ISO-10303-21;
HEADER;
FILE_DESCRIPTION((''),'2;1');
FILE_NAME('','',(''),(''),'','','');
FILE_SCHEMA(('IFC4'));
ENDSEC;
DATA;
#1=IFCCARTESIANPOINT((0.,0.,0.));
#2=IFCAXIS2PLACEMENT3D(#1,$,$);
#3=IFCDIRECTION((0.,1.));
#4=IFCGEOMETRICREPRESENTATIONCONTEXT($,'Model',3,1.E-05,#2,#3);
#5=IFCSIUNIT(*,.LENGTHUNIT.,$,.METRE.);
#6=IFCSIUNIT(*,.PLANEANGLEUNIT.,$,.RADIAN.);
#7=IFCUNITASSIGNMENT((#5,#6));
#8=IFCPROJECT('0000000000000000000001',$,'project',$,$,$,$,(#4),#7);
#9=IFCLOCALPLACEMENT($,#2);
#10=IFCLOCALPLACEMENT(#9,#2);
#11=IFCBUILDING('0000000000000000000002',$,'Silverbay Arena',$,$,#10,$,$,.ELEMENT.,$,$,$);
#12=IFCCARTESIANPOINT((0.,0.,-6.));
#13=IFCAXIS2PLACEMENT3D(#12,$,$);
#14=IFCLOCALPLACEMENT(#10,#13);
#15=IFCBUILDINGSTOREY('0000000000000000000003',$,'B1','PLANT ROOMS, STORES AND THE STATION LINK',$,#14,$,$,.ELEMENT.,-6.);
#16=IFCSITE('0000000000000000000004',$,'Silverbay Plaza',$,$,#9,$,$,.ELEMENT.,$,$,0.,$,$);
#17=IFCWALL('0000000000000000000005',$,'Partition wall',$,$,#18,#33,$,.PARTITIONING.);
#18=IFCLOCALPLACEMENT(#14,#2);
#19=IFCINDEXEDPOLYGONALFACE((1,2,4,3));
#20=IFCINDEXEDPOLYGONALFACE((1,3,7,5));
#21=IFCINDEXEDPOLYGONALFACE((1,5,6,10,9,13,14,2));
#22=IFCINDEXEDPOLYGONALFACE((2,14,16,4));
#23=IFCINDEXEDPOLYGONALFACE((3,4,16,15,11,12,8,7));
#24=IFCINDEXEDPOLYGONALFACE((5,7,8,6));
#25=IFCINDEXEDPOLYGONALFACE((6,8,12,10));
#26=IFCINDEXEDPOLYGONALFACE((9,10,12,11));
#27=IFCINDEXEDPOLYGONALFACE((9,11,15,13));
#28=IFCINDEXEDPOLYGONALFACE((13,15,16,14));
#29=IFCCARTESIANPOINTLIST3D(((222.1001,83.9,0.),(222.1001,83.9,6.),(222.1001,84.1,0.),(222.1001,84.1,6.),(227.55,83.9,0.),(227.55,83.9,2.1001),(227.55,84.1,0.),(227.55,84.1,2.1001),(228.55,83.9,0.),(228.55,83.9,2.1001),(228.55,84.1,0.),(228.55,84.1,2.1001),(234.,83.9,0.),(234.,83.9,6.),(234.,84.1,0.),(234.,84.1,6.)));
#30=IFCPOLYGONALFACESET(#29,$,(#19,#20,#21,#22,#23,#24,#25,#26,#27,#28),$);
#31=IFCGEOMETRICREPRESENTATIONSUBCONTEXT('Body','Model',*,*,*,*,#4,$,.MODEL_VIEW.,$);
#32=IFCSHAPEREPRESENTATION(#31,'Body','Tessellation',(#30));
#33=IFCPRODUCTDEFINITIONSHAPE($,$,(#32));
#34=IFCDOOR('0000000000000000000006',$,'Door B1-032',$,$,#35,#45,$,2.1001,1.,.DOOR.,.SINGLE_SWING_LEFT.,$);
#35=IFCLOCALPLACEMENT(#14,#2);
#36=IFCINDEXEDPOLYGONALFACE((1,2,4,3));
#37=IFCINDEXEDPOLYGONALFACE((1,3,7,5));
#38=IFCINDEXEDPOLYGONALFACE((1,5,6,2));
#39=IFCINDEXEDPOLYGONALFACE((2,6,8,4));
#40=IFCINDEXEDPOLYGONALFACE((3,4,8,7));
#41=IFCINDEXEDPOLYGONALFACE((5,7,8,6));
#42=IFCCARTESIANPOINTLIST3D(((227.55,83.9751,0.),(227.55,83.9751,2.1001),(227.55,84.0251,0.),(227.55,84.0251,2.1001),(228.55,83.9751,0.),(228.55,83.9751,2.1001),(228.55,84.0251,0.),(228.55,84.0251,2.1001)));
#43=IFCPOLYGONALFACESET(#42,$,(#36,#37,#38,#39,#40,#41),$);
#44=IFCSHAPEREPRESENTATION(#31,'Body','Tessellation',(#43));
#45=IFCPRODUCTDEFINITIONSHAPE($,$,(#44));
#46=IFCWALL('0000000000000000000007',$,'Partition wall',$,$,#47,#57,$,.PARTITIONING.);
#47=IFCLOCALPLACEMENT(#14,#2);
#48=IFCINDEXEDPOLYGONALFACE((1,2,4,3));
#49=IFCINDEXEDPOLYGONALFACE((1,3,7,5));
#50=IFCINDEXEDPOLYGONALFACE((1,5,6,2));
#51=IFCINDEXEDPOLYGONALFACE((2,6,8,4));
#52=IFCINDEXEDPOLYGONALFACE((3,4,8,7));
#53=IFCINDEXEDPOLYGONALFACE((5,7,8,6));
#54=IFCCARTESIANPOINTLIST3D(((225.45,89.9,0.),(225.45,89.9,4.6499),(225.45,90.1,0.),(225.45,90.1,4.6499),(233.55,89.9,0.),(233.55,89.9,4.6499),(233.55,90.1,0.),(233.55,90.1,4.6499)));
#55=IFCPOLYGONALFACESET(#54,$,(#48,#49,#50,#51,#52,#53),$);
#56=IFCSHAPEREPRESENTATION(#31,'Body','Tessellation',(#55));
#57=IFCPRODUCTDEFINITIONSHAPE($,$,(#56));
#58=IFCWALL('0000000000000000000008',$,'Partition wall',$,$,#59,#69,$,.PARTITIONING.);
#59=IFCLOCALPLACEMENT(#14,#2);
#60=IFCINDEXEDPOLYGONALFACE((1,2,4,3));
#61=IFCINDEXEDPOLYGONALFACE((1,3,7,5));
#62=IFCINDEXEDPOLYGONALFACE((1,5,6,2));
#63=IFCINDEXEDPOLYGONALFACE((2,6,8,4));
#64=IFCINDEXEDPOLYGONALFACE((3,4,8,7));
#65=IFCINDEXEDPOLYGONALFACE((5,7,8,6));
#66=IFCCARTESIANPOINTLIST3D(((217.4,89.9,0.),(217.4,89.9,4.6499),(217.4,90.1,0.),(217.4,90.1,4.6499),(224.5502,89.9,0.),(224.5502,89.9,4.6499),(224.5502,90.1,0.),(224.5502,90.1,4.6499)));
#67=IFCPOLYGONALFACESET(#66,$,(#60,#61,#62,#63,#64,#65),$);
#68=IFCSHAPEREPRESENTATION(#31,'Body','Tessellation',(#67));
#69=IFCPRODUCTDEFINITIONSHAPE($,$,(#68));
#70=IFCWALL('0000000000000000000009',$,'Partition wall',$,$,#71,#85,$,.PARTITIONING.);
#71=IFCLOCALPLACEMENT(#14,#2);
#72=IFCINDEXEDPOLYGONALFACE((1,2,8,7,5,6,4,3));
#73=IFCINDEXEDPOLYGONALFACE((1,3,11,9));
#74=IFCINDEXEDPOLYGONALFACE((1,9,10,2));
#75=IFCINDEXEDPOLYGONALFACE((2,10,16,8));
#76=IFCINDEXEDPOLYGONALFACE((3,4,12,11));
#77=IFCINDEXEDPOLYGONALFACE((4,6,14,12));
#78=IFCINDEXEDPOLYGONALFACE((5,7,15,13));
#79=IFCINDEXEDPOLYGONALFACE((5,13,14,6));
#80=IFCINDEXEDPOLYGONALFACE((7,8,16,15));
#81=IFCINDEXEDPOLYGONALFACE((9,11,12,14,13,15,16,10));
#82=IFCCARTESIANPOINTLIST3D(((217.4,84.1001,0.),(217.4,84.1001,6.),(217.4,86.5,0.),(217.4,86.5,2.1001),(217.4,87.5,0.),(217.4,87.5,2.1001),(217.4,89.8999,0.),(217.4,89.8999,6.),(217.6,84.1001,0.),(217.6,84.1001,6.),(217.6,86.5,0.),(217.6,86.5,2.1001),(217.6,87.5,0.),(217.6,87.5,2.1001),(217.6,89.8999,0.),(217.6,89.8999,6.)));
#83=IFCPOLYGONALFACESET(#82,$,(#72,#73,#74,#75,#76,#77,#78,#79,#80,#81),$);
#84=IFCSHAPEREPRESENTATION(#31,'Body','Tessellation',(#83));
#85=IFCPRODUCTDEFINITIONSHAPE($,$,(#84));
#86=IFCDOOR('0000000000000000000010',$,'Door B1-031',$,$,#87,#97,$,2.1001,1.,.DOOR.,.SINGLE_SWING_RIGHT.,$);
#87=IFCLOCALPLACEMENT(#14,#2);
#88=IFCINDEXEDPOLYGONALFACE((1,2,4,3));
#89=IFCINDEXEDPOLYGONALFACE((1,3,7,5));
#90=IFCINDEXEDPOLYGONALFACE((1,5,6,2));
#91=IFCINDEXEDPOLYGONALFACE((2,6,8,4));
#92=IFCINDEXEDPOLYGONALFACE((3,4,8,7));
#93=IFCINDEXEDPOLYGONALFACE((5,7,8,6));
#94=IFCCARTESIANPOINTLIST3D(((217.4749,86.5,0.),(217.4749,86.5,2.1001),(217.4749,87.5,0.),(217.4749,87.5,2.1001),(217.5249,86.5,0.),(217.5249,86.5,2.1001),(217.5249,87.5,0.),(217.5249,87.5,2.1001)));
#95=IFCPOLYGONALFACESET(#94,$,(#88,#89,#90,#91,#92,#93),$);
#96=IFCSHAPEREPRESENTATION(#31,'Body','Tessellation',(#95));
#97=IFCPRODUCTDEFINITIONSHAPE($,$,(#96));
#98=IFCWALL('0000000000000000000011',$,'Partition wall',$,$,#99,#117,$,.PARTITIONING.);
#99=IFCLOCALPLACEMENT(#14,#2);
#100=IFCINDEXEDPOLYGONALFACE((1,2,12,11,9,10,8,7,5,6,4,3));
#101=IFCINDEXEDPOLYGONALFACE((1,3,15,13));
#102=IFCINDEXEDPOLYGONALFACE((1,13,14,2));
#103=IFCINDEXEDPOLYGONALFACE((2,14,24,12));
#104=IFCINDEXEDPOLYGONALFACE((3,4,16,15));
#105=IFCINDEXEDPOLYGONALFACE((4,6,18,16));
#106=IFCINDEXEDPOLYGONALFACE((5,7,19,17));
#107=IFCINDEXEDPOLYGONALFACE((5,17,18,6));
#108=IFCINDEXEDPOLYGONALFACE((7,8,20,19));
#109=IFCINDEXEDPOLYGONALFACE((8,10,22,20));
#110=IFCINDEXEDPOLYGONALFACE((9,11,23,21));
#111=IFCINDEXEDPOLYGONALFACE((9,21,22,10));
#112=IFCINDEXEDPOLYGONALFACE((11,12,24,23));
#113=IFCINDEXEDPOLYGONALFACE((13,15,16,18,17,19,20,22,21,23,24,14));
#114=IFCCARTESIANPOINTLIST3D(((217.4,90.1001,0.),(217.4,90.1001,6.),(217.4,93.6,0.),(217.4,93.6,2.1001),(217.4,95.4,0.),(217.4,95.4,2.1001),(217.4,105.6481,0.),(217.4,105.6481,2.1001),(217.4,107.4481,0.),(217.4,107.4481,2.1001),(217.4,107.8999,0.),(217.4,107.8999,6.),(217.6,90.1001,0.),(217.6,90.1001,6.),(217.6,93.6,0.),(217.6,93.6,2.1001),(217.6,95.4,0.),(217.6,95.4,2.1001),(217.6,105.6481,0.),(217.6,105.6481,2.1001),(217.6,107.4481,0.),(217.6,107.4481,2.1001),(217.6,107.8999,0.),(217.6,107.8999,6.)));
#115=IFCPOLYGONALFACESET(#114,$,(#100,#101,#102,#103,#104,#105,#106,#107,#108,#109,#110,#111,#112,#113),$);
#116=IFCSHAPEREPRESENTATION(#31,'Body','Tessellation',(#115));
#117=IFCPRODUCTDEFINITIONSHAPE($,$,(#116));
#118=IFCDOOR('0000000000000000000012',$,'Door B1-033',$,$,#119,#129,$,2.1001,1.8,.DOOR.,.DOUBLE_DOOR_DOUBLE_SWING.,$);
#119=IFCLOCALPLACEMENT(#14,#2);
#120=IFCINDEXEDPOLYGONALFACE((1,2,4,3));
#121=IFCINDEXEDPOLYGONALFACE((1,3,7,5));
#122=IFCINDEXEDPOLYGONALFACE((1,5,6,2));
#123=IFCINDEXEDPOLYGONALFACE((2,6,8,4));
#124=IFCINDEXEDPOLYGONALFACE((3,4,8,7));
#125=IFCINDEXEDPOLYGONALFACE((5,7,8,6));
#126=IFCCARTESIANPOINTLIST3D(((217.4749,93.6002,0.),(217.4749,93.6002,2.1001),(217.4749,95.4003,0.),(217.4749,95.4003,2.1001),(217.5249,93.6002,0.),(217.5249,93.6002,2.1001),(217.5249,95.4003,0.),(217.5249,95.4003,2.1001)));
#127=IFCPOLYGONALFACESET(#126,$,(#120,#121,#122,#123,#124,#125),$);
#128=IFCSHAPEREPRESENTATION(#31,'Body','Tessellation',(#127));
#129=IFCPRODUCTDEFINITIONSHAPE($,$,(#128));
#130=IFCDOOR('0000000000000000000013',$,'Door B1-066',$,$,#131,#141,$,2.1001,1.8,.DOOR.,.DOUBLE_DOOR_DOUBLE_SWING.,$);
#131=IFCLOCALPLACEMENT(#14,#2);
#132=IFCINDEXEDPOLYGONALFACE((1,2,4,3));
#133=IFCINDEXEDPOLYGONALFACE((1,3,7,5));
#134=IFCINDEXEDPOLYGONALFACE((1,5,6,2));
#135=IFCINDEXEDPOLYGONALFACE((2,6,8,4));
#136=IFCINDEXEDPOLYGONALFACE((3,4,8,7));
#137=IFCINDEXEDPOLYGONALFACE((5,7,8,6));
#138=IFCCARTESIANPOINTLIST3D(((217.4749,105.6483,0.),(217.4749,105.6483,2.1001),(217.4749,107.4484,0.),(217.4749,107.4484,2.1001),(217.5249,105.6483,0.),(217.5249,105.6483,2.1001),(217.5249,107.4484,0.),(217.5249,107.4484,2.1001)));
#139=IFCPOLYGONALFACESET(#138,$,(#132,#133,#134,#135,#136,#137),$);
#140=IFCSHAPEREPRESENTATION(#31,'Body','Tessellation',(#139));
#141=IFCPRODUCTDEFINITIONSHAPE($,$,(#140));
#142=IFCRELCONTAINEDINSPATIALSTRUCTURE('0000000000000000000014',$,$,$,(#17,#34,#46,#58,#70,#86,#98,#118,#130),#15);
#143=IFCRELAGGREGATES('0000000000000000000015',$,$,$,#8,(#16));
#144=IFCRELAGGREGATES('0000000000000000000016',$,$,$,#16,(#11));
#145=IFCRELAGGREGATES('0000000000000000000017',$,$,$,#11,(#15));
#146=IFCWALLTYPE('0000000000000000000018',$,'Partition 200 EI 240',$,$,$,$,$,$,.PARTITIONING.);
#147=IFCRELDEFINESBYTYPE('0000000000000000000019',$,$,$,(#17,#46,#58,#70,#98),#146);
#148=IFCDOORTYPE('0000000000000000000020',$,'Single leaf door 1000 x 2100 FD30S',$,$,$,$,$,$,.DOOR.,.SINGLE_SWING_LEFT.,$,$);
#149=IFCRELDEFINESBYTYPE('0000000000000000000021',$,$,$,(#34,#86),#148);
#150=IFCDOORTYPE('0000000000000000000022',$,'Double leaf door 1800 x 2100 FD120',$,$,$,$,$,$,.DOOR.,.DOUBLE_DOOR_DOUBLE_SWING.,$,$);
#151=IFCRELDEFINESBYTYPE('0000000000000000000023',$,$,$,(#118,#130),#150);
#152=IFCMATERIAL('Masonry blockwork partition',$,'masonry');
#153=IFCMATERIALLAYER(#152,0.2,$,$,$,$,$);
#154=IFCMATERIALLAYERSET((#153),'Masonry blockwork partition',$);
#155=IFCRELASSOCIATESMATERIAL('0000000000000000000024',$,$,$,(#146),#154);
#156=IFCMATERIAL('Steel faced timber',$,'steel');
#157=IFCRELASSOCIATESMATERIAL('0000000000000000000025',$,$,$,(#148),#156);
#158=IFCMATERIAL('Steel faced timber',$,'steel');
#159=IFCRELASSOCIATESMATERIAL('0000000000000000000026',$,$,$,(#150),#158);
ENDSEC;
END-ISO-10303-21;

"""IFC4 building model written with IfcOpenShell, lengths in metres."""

from ifc_helpers import new_model, si_unit, direction, frame, frame_2d, origin, place, context, subcontext, project, spatial, rectangle, extrude, material, layer, layer_set, type_object, element, fill, save


model = new_model("IFC4")

# Units and contexts
model_context = context("Model", 3, precision=1e-05, world=origin(), true_north=direction((0.0, 1.0)))
body_context = subcontext(model_context, "Body", "Model", "MODEL_VIEW")
ifc_project = project(units=[si_unit("LENGTHUNIT", "METRE"), si_unit("PLANEANGLEUNIT", "RADIAN")], contexts=[model_context])

# Site, building, storey
site_placement = place(None, origin())
site = spatial("IfcSite", under=ifc_project, at=site_placement, Name="Silverbay Plaza", CompositionType="ELEMENT", RefElevation=0.0)
building_placement = place(site_placement, origin())
building = spatial("IfcBuilding", under=site, at=building_placement, Name="Silverbay Arena", CompositionType="ELEMENT")
storey_placement = place(building_placement, frame((0.0, 0.0, -6.0)))
storey = spatial("IfcBuildingStorey", under=building, at=storey_placement, Name="B1", Description="PLANT ROOMS, STORES AND THE STATION LINK", CompositionType="ELEMENT", Elevation=-6.0)

# Shared definitions
ifc_material_1 = material(Name="Masonry blockwork partition", Category="masonry")
ifc_layer_1 = layer(ifc_material_1, 0.2)
ifc_layer_set_1 = layer_set([ifc_layer_1], Name="Masonry blockwork partition")
wall_type_1 = type_object("IfcWallType", Name="Partition 200 EI 240", PredefinedType="PARTITIONING", material=ifc_layer_set_1)

# Wall, opening, door
wall_1_placement = place(storey_placement, frame((222.1001, 84.0, 0.0), z_axis=(0.0, 0.0, 1.0), x_axis=(1.0, 0.0, 0.0)))
wall_1 = element("IfcWall", 1, at=wall_1_placement, inside=storey, type_object=wall_type_1, Name="Partition wall", PredefinedType="PARTITIONING", context=body_context, shape_type="SweptSolid", body=[
    extrude(rectangle(XDim=11.8999, YDim=0.2, at=frame_2d((5.95, 0.0))), origin(), (0.0, 0.0, 1.0), 6.0),
])
opening_1_placement = place(wall_1_placement, frame((5.45, 0.0, 0.0)))
opening_1 = element("IfcOpeningElement", 2, at=opening_1_placement, cuts=wall_1, PredefinedType="OPENING", context=body_context, shape_type="SweptSolid", body=[
    extrude(rectangle(XDim=1.0, YDim=2.1001, at=frame_2d((0.5, 1.05))), frame((0.0, 0.1099, 0.0), z_axis=(0.0, -1.0, 0.0), x_axis=(1.0, 0.0, 0.0)), (0.0, 0.0, 1.0), 0.22),
])
ifc_material_2 = material(Name="Steel faced timber", Category="steel")
door_type_1 = type_object("IfcDoorType", Name="Single leaf door 1000 x 2100 FD30S", OperationType="SINGLE_SWING_LEFT", PredefinedType="DOOR", material=ifc_material_2)
door_1_placement = place(opening_1_placement, frame((1.0, 0.0, 0.0), z_axis=(0.0, 0.0, 1.0), x_axis=(-1.0, 0.0, 0.0)))
door_1 = element("IfcDoor", 3, at=door_1_placement, inside=storey, type_object=door_type_1, Name="Door B1-032", OperationType="SINGLE_SWING_LEFT", OverallHeight=2.1001, OverallWidth=1.0, PredefinedType="DOOR", context=body_context, shape_type="SweptSolid", body=[
    extrude(rectangle(XDim=1.0, YDim=2.1001, at=frame_2d((0.5, 1.05))), frame((0.0, 0.0249, 0.0), z_axis=(0.0, -1.0, 0.0), x_axis=(1.0, 0.0, 0.0)), (0.0, 0.0, 1.0), 0.05),
])
fill(opening_1, door_1)

# Walls
wall_2_placement = place(storey_placement, frame((225.45, 90.0, 0.0), z_axis=(0.0, 0.0, 1.0), x_axis=(1.0, 0.0, 0.0)))
element("IfcWall", 4, at=wall_2_placement, inside=storey, type_object=wall_type_1, Name="Partition wall", PredefinedType="PARTITIONING", context=body_context, shape_type="SweptSolid", body=[
    extrude(rectangle(XDim=8.1001, YDim=0.2, at=frame_2d((4.05, 0.0))), origin(), (0.0, 0.0, 1.0), 4.6499),
])
wall_3_placement = place(storey_placement, frame((217.3999, 90.0, 0.0), z_axis=(0.0, 0.0, 1.0), x_axis=(1.0, 0.0, 0.0)))
element("IfcWall", 5, at=wall_3_placement, inside=storey, type_object=wall_type_1, Name="Partition wall", PredefinedType="PARTITIONING", context=body_context, shape_type="SweptSolid", body=[
    extrude(rectangle(XDim=7.1501, YDim=0.2, at=frame_2d((3.5752, 0.0))), origin(), (0.0, 0.0, 1.0), 4.6499),
])

# Wall, opening, door
wall_4_placement = place(storey_placement, frame((217.5, 84.1001, 0.0), z_axis=(0.0, 0.0, 1.0), x_axis=(0.0, 1.0, 0.0)))
wall_4 = element("IfcWall", 6, at=wall_4_placement, inside=storey, type_object=wall_type_1, Name="Partition wall", PredefinedType="PARTITIONING", context=body_context, shape_type="SweptSolid", body=[
    extrude(rectangle(XDim=5.7998, YDim=0.2, at=frame_2d((2.8999, 0.0))), origin(), (0.0, 0.0, 1.0), 6.0),
])
opening_2_placement = place(wall_4_placement, frame((2.3999, 0.0, 0.0)))
opening_2 = element("IfcOpeningElement", 7, at=opening_2_placement, cuts=wall_4, PredefinedType="OPENING", context=body_context, shape_type="SweptSolid", body=[
    extrude(rectangle(XDim=1.0, YDim=2.1001, at=frame_2d((0.5, 1.05))), frame((0.0, 0.1099, 0.0), z_axis=(0.0, -1.0, 0.0), x_axis=(1.0, 0.0, 0.0)), (0.0, 0.0, 1.0), 0.22),
])
door_2_placement = place(opening_2_placement, frame((1.0, 0.0, 0.0), z_axis=(0.0, 0.0, 1.0), x_axis=(-1.0, 0.0, 0.0)))
door_2 = element("IfcDoor", 8, at=door_2_placement, inside=storey, type_object=door_type_1, Name="Door B1-031", OperationType="SINGLE_SWING_RIGHT", OverallHeight=2.1001, OverallWidth=1.0, PredefinedType="DOOR", context=body_context, shape_type="SweptSolid", body=[
    extrude(rectangle(XDim=1.0, YDim=2.1001, at=frame_2d((0.5, 1.05))), frame((0.0, 0.0249, 0.0), z_axis=(0.0, -1.0, 0.0), x_axis=(1.0, 0.0, 0.0)), (0.0, 0.0, 1.0), 0.05),
])
fill(opening_2, door_2)

# Wall, openings, doors
wall_5_placement = place(storey_placement, frame((217.5, 90.1001, 0.0), z_axis=(0.0, 0.0, 1.0), x_axis=(0.0, 1.0, 0.0)))
wall_5 = element("IfcWall", 9, at=wall_5_placement, inside=storey, type_object=wall_type_1, Name="Partition wall", PredefinedType="PARTITIONING", context=body_context, shape_type="SweptSolid", body=[
    extrude(rectangle(XDim=17.7998, YDim=0.2, at=frame_2d((8.8999, 0.0))), origin(), (0.0, 0.0, 1.0), 6.0),
])
opening_3_placement = place(wall_5_placement, frame((3.5, 0.0, 0.0)))
opening_3 = element("IfcOpeningElement", 10, at=opening_3_placement, cuts=wall_5, PredefinedType="OPENING", context=body_context, shape_type="SweptSolid", body=[
    extrude(rectangle(XDim=1.8, YDim=2.1001, at=frame_2d((0.8999, 1.05))), frame((0.0, 0.1099, 0.0), z_axis=(0.0, -1.0, 0.0), x_axis=(1.0, 0.0, 0.0)), (0.0, 0.0, 1.0), 0.22),
])
opening_4_placement = place(wall_5_placement, frame((15.5481, 0.0, 0.0)))
opening_4 = element("IfcOpeningElement", 11, at=opening_4_placement, cuts=wall_5, PredefinedType="OPENING", context=body_context, shape_type="SweptSolid", body=[
    extrude(rectangle(XDim=1.8, YDim=2.1001, at=frame_2d((0.8999, 1.05))), frame((0.0, 0.1099, 0.0), z_axis=(0.0, -1.0, 0.0), x_axis=(1.0, 0.0, 0.0)), (0.0, 0.0, 1.0), 0.22),
])
ifc_material_3 = material(Name="Steel faced timber", Category="steel")
door_type_2 = type_object("IfcDoorType", Name="Double leaf door 1800 x 2100 FD120", OperationType="DOUBLE_DOOR_DOUBLE_SWING", PredefinedType="DOOR", material=ifc_material_3)
door_3_placement = place(opening_3_placement, frame((1.8, 0.0, 0.0), z_axis=(0.0, 0.0, 1.0), x_axis=(-1.0, 0.0, 0.0)))
door_3 = element("IfcDoor", 12, at=door_3_placement, inside=storey, type_object=door_type_2, Name="Door B1-033", OperationType="DOUBLE_DOOR_DOUBLE_SWING", OverallHeight=2.1001, OverallWidth=1.8, PredefinedType="DOOR", context=body_context, shape_type="SweptSolid", body=[
    extrude(rectangle(XDim=1.8, YDim=2.1001, at=frame_2d((0.8999, 1.05))), frame((0.0, 0.0249, 0.0), z_axis=(0.0, -1.0, 0.0), x_axis=(1.0, 0.0, 0.0)), (0.0, 0.0, 1.0), 0.05),
])
fill(opening_3, door_3)
door_4_placement = place(opening_4_placement, frame((1.8, 0.0, 0.0), z_axis=(0.0, 0.0, 1.0), x_axis=(-1.0, 0.0, 0.0)))
door_4 = element("IfcDoor", 13, at=door_4_placement, inside=storey, type_object=door_type_2, Name="Door B1-066", OperationType="DOUBLE_DOOR_DOUBLE_SWING", OverallHeight=2.1001, OverallWidth=1.8, PredefinedType="DOOR", context=body_context, shape_type="SweptSolid", body=[
    extrude(rectangle(XDim=1.8, YDim=2.1001, at=frame_2d((0.8999, 1.05))), frame((0.0, 0.0249, 0.0), z_axis=(0.0, -1.0, 0.0), x_axis=(1.0, 0.0, 0.0)), (0.0, 0.0, 1.0), 0.05),
])
fill(opening_4, door_4)

save(model, "model.ifc")
